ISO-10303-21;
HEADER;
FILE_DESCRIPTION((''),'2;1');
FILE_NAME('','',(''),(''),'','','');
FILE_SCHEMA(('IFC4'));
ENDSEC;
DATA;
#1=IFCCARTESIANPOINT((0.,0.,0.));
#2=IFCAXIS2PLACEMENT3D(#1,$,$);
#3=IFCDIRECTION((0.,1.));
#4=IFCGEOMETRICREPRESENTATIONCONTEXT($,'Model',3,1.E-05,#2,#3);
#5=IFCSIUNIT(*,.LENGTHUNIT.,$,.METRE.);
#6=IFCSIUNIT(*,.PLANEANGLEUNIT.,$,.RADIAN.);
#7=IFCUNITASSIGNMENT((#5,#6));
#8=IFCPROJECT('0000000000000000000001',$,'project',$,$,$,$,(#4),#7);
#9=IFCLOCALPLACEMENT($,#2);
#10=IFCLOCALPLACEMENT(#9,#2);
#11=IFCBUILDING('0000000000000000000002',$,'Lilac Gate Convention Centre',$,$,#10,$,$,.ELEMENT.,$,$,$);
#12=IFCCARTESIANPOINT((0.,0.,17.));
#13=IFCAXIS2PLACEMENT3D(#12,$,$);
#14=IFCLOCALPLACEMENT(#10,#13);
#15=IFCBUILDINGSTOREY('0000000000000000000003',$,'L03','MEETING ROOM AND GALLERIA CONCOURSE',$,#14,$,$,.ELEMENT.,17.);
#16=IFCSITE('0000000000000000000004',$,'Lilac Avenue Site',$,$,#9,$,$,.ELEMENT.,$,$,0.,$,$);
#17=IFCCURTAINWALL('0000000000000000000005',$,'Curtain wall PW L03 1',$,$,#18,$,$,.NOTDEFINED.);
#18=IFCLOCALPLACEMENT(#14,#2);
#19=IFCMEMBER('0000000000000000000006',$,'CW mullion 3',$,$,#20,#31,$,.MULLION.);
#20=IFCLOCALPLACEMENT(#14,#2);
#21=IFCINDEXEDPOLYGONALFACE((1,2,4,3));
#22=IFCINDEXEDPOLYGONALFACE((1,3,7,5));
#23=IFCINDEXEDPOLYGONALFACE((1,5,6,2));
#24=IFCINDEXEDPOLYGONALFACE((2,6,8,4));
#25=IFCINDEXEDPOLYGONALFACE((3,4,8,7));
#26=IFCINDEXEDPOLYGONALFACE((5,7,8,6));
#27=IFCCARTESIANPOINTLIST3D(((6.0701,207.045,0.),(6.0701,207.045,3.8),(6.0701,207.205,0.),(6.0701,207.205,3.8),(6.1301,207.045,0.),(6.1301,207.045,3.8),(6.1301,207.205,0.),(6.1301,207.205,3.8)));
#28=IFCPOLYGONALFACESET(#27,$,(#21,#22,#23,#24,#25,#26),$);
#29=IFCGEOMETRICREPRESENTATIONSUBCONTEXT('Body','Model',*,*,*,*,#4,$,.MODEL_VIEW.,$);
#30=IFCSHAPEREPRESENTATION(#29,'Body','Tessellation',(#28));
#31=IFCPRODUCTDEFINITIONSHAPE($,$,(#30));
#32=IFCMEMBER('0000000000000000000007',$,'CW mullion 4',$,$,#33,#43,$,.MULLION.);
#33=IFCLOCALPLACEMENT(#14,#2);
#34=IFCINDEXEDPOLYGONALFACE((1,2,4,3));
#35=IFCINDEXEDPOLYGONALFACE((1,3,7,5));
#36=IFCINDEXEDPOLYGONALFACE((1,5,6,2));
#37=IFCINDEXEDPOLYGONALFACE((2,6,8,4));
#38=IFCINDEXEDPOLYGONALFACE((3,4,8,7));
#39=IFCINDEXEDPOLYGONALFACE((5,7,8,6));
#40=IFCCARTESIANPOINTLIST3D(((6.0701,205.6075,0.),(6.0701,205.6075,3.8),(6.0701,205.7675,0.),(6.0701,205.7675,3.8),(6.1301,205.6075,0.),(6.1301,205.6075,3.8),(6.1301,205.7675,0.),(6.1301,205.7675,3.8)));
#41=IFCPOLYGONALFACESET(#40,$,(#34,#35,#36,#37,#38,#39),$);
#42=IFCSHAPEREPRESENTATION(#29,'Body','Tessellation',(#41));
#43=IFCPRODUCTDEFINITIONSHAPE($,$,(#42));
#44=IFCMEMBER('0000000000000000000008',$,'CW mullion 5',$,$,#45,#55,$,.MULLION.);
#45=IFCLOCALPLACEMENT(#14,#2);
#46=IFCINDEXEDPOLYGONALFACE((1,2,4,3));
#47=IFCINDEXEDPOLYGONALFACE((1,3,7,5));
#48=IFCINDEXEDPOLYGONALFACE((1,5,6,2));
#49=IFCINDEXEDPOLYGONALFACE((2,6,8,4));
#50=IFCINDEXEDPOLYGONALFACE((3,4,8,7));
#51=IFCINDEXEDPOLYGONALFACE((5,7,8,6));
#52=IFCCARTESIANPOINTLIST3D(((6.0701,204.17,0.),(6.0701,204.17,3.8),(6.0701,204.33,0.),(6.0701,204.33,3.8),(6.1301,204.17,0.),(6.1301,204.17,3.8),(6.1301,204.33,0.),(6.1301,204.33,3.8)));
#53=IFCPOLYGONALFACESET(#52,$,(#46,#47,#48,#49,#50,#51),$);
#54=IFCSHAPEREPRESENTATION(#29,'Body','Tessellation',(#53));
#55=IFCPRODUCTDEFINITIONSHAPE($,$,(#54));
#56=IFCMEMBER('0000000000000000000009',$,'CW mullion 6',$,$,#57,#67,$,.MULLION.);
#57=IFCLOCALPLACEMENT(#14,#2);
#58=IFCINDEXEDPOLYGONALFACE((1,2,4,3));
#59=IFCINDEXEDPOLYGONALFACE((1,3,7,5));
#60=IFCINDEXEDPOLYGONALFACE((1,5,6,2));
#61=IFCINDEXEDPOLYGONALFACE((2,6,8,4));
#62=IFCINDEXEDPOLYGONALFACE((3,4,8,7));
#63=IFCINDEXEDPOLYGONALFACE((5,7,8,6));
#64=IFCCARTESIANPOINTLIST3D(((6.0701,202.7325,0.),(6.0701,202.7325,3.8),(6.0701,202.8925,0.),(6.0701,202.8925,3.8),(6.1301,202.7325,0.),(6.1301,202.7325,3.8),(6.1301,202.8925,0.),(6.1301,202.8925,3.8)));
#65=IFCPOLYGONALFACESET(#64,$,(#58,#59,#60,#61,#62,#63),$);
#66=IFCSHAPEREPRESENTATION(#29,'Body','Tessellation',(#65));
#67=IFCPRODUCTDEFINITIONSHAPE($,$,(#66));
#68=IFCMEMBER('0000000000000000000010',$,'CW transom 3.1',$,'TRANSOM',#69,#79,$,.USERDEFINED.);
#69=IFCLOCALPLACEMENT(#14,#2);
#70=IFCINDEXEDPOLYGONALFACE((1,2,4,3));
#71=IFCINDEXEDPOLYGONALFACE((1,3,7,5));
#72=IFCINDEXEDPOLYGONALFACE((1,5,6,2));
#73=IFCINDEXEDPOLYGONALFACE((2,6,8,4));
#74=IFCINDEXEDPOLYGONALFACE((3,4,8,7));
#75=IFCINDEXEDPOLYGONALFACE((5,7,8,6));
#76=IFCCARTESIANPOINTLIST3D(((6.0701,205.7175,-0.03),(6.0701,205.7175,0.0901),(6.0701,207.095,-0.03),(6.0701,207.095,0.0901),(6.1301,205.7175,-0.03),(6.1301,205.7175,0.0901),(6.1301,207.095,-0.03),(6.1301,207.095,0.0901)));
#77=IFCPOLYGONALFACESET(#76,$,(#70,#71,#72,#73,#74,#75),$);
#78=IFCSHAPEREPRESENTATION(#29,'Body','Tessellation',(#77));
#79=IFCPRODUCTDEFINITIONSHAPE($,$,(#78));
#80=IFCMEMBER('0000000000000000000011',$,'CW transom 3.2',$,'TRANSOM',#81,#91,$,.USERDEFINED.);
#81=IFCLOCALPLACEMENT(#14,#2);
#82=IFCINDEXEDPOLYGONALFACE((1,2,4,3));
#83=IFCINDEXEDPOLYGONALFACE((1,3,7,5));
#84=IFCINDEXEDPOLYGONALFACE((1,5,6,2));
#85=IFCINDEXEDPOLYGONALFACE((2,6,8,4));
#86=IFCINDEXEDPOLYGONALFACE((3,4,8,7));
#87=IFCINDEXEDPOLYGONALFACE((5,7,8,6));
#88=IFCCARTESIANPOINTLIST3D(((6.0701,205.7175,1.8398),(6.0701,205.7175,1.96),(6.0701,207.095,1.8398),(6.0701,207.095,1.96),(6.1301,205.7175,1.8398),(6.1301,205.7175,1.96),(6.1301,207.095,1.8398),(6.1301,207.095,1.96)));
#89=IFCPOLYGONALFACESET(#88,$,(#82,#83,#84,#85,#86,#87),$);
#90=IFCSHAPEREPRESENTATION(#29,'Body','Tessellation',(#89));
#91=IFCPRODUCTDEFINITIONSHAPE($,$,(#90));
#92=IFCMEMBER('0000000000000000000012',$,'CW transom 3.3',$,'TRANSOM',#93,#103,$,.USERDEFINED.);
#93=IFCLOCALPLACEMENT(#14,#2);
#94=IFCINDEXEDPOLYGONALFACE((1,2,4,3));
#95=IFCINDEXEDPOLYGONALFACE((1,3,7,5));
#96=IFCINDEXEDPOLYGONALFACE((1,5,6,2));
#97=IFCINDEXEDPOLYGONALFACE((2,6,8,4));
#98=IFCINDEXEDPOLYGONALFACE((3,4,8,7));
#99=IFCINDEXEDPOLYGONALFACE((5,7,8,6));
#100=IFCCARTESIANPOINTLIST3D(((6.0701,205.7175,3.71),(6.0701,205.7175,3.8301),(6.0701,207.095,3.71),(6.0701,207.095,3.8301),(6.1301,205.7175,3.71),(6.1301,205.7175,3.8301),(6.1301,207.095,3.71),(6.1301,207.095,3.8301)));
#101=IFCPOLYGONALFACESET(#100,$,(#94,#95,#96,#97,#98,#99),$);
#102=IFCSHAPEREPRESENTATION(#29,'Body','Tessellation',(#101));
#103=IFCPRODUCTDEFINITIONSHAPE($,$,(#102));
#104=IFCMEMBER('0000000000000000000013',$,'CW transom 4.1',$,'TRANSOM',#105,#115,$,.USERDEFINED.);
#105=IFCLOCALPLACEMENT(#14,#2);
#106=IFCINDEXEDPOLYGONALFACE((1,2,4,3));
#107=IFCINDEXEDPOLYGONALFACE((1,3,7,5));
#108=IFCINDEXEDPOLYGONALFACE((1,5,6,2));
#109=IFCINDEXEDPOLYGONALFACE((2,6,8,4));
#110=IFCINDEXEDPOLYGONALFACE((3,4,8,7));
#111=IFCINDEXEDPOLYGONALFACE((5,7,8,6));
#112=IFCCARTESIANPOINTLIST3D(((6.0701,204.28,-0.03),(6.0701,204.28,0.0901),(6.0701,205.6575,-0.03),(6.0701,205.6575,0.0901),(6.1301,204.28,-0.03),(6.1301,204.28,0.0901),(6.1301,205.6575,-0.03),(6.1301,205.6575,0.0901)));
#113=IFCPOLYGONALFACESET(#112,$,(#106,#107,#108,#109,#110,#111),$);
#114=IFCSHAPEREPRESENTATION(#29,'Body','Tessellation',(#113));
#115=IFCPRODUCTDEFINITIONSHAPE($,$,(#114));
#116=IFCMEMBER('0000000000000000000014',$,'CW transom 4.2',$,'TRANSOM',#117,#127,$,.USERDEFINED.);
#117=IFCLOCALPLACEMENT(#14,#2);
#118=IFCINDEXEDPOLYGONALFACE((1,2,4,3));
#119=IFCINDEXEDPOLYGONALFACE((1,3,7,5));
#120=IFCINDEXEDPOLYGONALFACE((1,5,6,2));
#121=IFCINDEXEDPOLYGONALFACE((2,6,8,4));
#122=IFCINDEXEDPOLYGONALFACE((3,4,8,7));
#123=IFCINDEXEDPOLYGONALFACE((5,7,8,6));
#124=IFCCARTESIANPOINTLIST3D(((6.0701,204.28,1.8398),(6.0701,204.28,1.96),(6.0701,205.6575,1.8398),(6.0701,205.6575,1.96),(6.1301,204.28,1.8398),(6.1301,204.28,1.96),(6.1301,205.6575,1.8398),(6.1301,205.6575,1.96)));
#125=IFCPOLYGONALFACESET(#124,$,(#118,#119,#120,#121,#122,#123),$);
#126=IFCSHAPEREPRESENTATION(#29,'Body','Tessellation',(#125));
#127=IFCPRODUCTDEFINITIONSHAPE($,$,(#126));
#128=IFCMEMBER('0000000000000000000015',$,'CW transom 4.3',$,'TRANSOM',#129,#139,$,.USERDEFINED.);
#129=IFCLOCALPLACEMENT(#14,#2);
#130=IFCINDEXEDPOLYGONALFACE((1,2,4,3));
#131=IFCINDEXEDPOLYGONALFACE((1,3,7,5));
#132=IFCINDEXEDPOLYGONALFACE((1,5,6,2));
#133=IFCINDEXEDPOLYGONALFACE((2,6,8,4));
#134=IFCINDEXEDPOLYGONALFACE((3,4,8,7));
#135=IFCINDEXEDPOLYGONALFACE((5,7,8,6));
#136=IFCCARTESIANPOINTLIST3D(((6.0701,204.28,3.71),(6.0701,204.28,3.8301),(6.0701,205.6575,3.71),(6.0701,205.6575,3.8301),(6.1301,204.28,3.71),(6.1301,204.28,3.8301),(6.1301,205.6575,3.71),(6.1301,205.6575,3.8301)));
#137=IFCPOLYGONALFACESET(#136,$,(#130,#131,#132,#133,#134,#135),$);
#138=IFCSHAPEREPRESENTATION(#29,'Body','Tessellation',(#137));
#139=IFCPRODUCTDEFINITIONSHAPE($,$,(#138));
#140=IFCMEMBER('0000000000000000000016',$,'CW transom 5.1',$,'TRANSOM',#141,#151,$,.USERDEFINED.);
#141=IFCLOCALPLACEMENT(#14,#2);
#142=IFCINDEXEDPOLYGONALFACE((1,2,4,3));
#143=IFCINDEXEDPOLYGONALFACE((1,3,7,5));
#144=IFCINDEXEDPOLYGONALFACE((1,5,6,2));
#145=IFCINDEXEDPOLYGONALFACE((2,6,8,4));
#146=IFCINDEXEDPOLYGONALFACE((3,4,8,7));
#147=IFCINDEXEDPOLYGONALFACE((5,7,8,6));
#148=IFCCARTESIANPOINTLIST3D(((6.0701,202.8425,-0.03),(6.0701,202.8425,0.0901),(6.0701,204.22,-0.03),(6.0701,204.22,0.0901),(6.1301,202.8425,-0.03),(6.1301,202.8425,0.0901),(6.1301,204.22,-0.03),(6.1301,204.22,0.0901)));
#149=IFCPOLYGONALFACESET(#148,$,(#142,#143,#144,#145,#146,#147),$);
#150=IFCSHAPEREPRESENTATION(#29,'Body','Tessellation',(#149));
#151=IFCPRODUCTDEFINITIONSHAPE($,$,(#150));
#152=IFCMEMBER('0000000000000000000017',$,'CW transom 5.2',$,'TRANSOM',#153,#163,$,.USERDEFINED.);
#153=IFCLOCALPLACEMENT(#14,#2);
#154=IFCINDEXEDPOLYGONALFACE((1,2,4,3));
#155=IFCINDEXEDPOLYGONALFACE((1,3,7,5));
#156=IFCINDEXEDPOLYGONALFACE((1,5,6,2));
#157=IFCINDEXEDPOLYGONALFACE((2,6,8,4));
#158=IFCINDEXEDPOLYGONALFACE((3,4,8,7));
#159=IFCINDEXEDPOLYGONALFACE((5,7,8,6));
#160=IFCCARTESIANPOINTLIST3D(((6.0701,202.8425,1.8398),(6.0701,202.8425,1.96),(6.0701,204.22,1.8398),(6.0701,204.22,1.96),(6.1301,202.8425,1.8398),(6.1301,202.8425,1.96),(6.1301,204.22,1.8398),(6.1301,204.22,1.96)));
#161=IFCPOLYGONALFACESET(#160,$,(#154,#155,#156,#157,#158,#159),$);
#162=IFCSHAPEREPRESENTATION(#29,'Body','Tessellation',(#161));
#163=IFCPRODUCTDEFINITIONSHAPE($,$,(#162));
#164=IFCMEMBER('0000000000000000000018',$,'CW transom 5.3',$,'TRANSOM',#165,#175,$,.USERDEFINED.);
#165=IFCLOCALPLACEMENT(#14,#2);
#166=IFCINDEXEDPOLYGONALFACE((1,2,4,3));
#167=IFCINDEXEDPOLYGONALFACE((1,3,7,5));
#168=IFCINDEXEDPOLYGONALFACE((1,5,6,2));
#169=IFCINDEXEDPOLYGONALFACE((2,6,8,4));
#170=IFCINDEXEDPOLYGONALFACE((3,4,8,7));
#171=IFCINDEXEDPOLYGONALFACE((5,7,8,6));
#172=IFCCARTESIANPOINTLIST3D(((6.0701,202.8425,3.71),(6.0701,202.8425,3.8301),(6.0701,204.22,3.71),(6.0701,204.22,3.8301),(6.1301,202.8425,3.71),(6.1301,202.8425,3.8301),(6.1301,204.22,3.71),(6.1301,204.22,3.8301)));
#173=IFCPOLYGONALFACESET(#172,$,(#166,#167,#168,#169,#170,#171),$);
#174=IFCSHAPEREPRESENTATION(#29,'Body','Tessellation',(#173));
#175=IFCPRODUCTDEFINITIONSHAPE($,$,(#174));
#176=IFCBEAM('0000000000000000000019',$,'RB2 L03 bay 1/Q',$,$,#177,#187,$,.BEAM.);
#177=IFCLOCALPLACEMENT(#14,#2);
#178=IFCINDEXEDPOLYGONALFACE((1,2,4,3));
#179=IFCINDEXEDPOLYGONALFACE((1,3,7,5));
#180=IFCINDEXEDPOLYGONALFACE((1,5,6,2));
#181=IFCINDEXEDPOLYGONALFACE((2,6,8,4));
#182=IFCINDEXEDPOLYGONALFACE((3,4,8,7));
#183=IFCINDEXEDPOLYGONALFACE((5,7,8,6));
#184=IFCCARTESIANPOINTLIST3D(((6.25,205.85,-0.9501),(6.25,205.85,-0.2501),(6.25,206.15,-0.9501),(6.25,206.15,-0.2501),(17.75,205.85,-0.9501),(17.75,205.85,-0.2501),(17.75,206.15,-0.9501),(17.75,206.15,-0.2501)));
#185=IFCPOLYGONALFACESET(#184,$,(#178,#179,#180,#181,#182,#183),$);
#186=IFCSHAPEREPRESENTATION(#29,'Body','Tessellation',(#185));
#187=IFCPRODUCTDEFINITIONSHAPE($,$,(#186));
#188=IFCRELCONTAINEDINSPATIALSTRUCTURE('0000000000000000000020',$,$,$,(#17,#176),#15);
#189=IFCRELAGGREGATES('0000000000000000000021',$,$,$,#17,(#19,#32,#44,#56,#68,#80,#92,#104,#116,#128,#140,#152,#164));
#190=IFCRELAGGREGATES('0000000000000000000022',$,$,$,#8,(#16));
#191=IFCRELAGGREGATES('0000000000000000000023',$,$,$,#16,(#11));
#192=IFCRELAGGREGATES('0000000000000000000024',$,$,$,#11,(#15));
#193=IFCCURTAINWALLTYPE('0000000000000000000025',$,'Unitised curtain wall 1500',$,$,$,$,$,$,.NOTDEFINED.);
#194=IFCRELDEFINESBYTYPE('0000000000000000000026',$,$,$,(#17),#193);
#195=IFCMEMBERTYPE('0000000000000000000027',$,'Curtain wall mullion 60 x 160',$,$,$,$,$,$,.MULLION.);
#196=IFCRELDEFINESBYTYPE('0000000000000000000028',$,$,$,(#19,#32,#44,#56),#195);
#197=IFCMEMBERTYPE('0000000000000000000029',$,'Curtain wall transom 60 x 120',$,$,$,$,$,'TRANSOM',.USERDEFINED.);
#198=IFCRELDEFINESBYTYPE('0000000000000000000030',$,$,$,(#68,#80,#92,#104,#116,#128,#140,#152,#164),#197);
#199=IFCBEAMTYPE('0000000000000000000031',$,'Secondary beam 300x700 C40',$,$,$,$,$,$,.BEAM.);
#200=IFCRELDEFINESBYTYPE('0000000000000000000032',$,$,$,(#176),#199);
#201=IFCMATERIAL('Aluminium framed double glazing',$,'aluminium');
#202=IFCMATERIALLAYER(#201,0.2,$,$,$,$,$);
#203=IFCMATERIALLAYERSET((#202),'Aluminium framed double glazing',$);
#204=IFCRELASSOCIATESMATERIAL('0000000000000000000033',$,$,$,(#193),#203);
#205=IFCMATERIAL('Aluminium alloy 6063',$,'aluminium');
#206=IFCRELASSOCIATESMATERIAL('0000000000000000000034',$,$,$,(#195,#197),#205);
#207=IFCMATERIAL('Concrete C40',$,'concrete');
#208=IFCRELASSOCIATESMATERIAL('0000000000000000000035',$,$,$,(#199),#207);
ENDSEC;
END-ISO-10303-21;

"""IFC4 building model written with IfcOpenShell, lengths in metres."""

from ifc_helpers import new_model, si_unit, direction, frame, origin, origin_2d, place, context, subcontext, project, spatial, rectangle, extrude, material, layer, layer_set, material_profile, profile_set, type_object, element, aggregate, save


model = new_model("IFC4")

# Units and contexts
model_context = context("Model", 3, precision=1e-05, world=origin(), true_north=direction((0.0, 1.0)))
body_context = subcontext(model_context, "Body", "Model", "MODEL_VIEW")
ifc_project = project(units=[si_unit("LENGTHUNIT", "METRE"), si_unit("PLANEANGLEUNIT", "RADIAN")], contexts=[model_context])

# Site, building, storey
site_placement = place(None, origin())
site = spatial("IfcSite", under=ifc_project, at=site_placement, Name="Lilac Avenue Site", CompositionType="ELEMENT", RefElevation=0.0)
building_placement = place(site_placement, origin())
building = spatial("IfcBuilding", under=site, at=building_placement, Name="Lilac Gate Convention Centre", CompositionType="ELEMENT")
storey_placement = place(building_placement, frame((0.0, 0.0, 17.0)))
storey = spatial("IfcBuildingStorey", under=building, at=storey_placement, Name="L03", Description="MEETING ROOM AND GALLERIA CONCOURSE", CompositionType="ELEMENT", Elevation=17.0)

# Curtain wall, members
ifc_material_1 = material(Name="Aluminium framed double glazing", Category="aluminium")
ifc_layer_1 = layer(ifc_material_1, 0.2)
ifc_layer_set_1 = layer_set([ifc_layer_1], Name="Aluminium framed double glazing")
curtain_wall_type = type_object("IfcCurtainWallType", Name="Unitised curtain wall 1500", PredefinedType="NOTDEFINED", material=ifc_layer_set_1)
curtain_wall_placement = place(storey_placement, origin())
curtain_wall = element("IfcCurtainWall", 1, at=curtain_wall_placement, inside=storey, type_object=curtain_wall_type, Name="Curtain wall PW L03 1", PredefinedType="NOTDEFINED")
ifc_material_2 = material(Name="Aluminium alloy 6063", Category="aluminium")
ifc_material_profile_1 = material_profile(ifc_material_2, rectangle(XDim=0.0601, YDim=0.1599, at=origin_2d()), Name="Curtain wall mullion 60 x 160")
ifc_profile_set_1 = profile_set([ifc_material_profile_1], Name="Aluminium alloy 6063")
member_type_1 = type_object("IfcMemberType", Name="Curtain wall mullion 60 x 160", PredefinedType="MULLION", material=ifc_profile_set_1)
member_1_placement = place(storey_placement, frame((6.1001, 207.125, 0.0), z_axis=(0.0, 0.0, 1.0), x_axis=(1.0, 0.0, 0.0)))
member_1 = element("IfcMember", 2, at=member_1_placement, type_object=member_type_1, Name="CW mullion 3", PredefinedType="MULLION", context=body_context, shape_type="SweptSolid", body=[
    extrude(rectangle(XDim=0.0601, YDim=0.1599, at=origin_2d()), origin(), (0.0, 0.0, 1.0), 3.8),
])
member_2_placement = place(storey_placement, frame((6.1001, 205.6875, 0.0), z_axis=(0.0, 0.0, 1.0), x_axis=(1.0, 0.0, 0.0)))
member_2 = element("IfcMember", 3, at=member_2_placement, type_object=member_type_1, Name="CW mullion 4", PredefinedType="MULLION", context=body_context, shape_type="SweptSolid", body=[
    extrude(rectangle(XDim=0.0601, YDim=0.1599, at=origin_2d()), origin(), (0.0, 0.0, 1.0), 3.8),
])
member_3_placement = place(storey_placement, frame((6.1001, 204.25, 0.0), z_axis=(0.0, 0.0, 1.0), x_axis=(1.0, 0.0, 0.0)))
member_3 = element("IfcMember", 4, at=member_3_placement, type_object=member_type_1, Name="CW mullion 5", PredefinedType="MULLION", context=body_context, shape_type="SweptSolid", body=[
    extrude(rectangle(XDim=0.0601, YDim=0.1599, at=origin_2d()), origin(), (0.0, 0.0, 1.0), 3.8),
])
member_4_placement = place(storey_placement, frame((6.1001, 202.8125, 0.0), z_axis=(0.0, 0.0, 1.0), x_axis=(1.0, 0.0, 0.0)))
member_4 = element("IfcMember", 5, at=member_4_placement, type_object=member_type_1, Name="CW mullion 6", PredefinedType="MULLION", context=body_context, shape_type="SweptSolid", body=[
    extrude(rectangle(XDim=0.0601, YDim=0.1599, at=origin_2d()), origin(), (0.0, 0.0, 1.0), 3.8),
])
ifc_material_profile_2 = material_profile(ifc_material_2, rectangle(XDim=0.0601, YDim=0.1201, at=origin_2d()), Name="Curtain wall transom 60 x 120")
ifc_profile_set_2 = profile_set([ifc_material_profile_2], Name="Aluminium alloy 6063")
member_type_2 = type_object("IfcMemberType", Name="Curtain wall transom 60 x 120", ElementType="TRANSOM", PredefinedType="USERDEFINED", material=ifc_profile_set_2)
member_5_placement = place(storey_placement, frame((6.1001, 207.095, 0.03), z_axis=(0.0, -1.0, 0.0), x_axis=(1.0, 0.0, 0.0)))
member_5 = element("IfcMember", 6, at=member_5_placement, type_object=member_type_2, Name="CW transom 3.1", ObjectType="TRANSOM", PredefinedType="USERDEFINED", context=body_context, shape_type="SweptSolid", body=[
    extrude(rectangle(XDim=0.0601, YDim=0.1201, at=origin_2d()), origin(), (0.0, 0.0, 1.0), 1.3774),
])
member_6_placement = place(storey_placement, frame((6.1001, 207.095, 1.8999), z_axis=(0.0, -1.0, 0.0), x_axis=(1.0, 0.0, 0.0)))
member_6 = element("IfcMember", 7, at=member_6_placement, type_object=member_type_2, Name="CW transom 3.2", ObjectType="TRANSOM", PredefinedType="USERDEFINED", context=body_context, shape_type="SweptSolid", body=[
    extrude(rectangle(XDim=0.0601, YDim=0.1201, at=origin_2d()), origin(), (0.0, 0.0, 1.0), 1.3774),
])
member_7_placement = place(storey_placement, frame((6.1001, 207.095, 3.77), z_axis=(0.0, -1.0, 0.0), x_axis=(1.0, 0.0, 0.0)))
member_7 = element("IfcMember", 8, at=member_7_placement, type_object=member_type_2, Name="CW transom 3.3", ObjectType="TRANSOM", PredefinedType="USERDEFINED", context=body_context, shape_type="SweptSolid", body=[
    extrude(rectangle(XDim=0.0601, YDim=0.1201, at=origin_2d()), origin(), (0.0, 0.0, 1.0), 1.3774),
])
member_8_placement = place(storey_placement, frame((6.1001, 205.6575, 0.03), z_axis=(0.0, -1.0, 0.0), x_axis=(1.0, 0.0, 0.0)))
member_8 = element("IfcMember", 9, at=member_8_placement, type_object=member_type_2, Name="CW transom 4.1", ObjectType="TRANSOM", PredefinedType="USERDEFINED", context=body_context, shape_type="SweptSolid", body=[
    extrude(rectangle(XDim=0.0601, YDim=0.1201, at=origin_2d()), origin(), (0.0, 0.0, 1.0), 1.3774),
])
member_9_placement = place(storey_placement, frame((6.1001, 205.6575, 1.8999), z_axis=(0.0, -1.0, 0.0), x_axis=(1.0, 0.0, 0.0)))
member_9 = element("IfcMember", 10, at=member_9_placement, type_object=member_type_2, Name="CW transom 4.2", ObjectType="TRANSOM", PredefinedType="USERDEFINED", context=body_context, shape_type="SweptSolid", body=[
    extrude(rectangle(XDim=0.0601, YDim=0.1201, at=origin_2d()), origin(), (0.0, 0.0, 1.0), 1.3774),
])
member_10_placement = place(storey_placement, frame((6.1001, 205.6575, 3.77), z_axis=(0.0, -1.0, 0.0), x_axis=(1.0, 0.0, 0.0)))
member_10 = element("IfcMember", 11, at=member_10_placement, type_object=member_type_2, Name="CW transom 4.3", ObjectType="TRANSOM", PredefinedType="USERDEFINED", context=body_context, shape_type="SweptSolid", body=[
    extrude(rectangle(XDim=0.0601, YDim=0.1201, at=origin_2d()), origin(), (0.0, 0.0, 1.0), 1.3774),
])
member_11_placement = place(storey_placement, frame((6.1001, 204.22, 0.03), z_axis=(0.0, -1.0, 0.0), x_axis=(1.0, 0.0, 0.0)))
member_11 = element("IfcMember", 12, at=member_11_placement, type_object=member_type_2, Name="CW transom 5.1", ObjectType="TRANSOM", PredefinedType="USERDEFINED", context=body_context, shape_type="SweptSolid", body=[
    extrude(rectangle(XDim=0.0601, YDim=0.1201, at=origin_2d()), origin(), (0.0, 0.0, 1.0), 1.3774),
])
member_12_placement = place(storey_placement, frame((6.1001, 204.22, 1.8999), z_axis=(0.0, -1.0, 0.0), x_axis=(1.0, 0.0, 0.0)))
member_12 = element("IfcMember", 13, at=member_12_placement, type_object=member_type_2, Name="CW transom 5.2", ObjectType="TRANSOM", PredefinedType="USERDEFINED", context=body_context, shape_type="SweptSolid", body=[
    extrude(rectangle(XDim=0.0601, YDim=0.1201, at=origin_2d()), origin(), (0.0, 0.0, 1.0), 1.3774),
])
member_13_placement = place(storey_placement, frame((6.1001, 204.22, 3.77), z_axis=(0.0, -1.0, 0.0), x_axis=(1.0, 0.0, 0.0)))
member_13 = element("IfcMember", 14, at=member_13_placement, type_object=member_type_2, Name="CW transom 5.3", ObjectType="TRANSOM", PredefinedType="USERDEFINED", context=body_context, shape_type="SweptSolid", body=[
    extrude(rectangle(XDim=0.0601, YDim=0.1201, at=origin_2d()), origin(), (0.0, 0.0, 1.0), 1.3774),
])

# Beam
ifc_material_3 = material(Name="Concrete C40", Category="concrete")
ifc_material_profile_3 = material_profile(ifc_material_3, rectangle(XDim=0.3, YDim=0.7, at=origin_2d()), Name="RC 300x700")
ifc_profile_set_3 = profile_set([ifc_material_profile_3], Name="Concrete C40")
beam_type = type_object("IfcBeamType", Name="Secondary beam 300x700 C40", PredefinedType="BEAM", material=ifc_profile_set_3)
beam_placement = place(storey_placement, frame((6.25, 206.0, -0.6001), z_axis=(1.0, 0.0, 0.0), x_axis=(0.0, 1.0, 0.0)))
element("IfcBeam", 15, at=beam_placement, inside=storey, type_object=beam_type, Name="RB2 L03 bay 1/Q", PredefinedType="BEAM", context=body_context, shape_type="SweptSolid", body=[
    extrude(rectangle(XDim=0.3, YDim=0.7, at=origin_2d()), origin(), (0.0, 0.0, 1.0), 11.5),
])

aggregate(curtain_wall, [member_1, member_2, member_3, member_4, member_5, member_6, member_7, member_8, member_9, member_10, member_11, member_12, member_13])

save(model, "model.ifc")
